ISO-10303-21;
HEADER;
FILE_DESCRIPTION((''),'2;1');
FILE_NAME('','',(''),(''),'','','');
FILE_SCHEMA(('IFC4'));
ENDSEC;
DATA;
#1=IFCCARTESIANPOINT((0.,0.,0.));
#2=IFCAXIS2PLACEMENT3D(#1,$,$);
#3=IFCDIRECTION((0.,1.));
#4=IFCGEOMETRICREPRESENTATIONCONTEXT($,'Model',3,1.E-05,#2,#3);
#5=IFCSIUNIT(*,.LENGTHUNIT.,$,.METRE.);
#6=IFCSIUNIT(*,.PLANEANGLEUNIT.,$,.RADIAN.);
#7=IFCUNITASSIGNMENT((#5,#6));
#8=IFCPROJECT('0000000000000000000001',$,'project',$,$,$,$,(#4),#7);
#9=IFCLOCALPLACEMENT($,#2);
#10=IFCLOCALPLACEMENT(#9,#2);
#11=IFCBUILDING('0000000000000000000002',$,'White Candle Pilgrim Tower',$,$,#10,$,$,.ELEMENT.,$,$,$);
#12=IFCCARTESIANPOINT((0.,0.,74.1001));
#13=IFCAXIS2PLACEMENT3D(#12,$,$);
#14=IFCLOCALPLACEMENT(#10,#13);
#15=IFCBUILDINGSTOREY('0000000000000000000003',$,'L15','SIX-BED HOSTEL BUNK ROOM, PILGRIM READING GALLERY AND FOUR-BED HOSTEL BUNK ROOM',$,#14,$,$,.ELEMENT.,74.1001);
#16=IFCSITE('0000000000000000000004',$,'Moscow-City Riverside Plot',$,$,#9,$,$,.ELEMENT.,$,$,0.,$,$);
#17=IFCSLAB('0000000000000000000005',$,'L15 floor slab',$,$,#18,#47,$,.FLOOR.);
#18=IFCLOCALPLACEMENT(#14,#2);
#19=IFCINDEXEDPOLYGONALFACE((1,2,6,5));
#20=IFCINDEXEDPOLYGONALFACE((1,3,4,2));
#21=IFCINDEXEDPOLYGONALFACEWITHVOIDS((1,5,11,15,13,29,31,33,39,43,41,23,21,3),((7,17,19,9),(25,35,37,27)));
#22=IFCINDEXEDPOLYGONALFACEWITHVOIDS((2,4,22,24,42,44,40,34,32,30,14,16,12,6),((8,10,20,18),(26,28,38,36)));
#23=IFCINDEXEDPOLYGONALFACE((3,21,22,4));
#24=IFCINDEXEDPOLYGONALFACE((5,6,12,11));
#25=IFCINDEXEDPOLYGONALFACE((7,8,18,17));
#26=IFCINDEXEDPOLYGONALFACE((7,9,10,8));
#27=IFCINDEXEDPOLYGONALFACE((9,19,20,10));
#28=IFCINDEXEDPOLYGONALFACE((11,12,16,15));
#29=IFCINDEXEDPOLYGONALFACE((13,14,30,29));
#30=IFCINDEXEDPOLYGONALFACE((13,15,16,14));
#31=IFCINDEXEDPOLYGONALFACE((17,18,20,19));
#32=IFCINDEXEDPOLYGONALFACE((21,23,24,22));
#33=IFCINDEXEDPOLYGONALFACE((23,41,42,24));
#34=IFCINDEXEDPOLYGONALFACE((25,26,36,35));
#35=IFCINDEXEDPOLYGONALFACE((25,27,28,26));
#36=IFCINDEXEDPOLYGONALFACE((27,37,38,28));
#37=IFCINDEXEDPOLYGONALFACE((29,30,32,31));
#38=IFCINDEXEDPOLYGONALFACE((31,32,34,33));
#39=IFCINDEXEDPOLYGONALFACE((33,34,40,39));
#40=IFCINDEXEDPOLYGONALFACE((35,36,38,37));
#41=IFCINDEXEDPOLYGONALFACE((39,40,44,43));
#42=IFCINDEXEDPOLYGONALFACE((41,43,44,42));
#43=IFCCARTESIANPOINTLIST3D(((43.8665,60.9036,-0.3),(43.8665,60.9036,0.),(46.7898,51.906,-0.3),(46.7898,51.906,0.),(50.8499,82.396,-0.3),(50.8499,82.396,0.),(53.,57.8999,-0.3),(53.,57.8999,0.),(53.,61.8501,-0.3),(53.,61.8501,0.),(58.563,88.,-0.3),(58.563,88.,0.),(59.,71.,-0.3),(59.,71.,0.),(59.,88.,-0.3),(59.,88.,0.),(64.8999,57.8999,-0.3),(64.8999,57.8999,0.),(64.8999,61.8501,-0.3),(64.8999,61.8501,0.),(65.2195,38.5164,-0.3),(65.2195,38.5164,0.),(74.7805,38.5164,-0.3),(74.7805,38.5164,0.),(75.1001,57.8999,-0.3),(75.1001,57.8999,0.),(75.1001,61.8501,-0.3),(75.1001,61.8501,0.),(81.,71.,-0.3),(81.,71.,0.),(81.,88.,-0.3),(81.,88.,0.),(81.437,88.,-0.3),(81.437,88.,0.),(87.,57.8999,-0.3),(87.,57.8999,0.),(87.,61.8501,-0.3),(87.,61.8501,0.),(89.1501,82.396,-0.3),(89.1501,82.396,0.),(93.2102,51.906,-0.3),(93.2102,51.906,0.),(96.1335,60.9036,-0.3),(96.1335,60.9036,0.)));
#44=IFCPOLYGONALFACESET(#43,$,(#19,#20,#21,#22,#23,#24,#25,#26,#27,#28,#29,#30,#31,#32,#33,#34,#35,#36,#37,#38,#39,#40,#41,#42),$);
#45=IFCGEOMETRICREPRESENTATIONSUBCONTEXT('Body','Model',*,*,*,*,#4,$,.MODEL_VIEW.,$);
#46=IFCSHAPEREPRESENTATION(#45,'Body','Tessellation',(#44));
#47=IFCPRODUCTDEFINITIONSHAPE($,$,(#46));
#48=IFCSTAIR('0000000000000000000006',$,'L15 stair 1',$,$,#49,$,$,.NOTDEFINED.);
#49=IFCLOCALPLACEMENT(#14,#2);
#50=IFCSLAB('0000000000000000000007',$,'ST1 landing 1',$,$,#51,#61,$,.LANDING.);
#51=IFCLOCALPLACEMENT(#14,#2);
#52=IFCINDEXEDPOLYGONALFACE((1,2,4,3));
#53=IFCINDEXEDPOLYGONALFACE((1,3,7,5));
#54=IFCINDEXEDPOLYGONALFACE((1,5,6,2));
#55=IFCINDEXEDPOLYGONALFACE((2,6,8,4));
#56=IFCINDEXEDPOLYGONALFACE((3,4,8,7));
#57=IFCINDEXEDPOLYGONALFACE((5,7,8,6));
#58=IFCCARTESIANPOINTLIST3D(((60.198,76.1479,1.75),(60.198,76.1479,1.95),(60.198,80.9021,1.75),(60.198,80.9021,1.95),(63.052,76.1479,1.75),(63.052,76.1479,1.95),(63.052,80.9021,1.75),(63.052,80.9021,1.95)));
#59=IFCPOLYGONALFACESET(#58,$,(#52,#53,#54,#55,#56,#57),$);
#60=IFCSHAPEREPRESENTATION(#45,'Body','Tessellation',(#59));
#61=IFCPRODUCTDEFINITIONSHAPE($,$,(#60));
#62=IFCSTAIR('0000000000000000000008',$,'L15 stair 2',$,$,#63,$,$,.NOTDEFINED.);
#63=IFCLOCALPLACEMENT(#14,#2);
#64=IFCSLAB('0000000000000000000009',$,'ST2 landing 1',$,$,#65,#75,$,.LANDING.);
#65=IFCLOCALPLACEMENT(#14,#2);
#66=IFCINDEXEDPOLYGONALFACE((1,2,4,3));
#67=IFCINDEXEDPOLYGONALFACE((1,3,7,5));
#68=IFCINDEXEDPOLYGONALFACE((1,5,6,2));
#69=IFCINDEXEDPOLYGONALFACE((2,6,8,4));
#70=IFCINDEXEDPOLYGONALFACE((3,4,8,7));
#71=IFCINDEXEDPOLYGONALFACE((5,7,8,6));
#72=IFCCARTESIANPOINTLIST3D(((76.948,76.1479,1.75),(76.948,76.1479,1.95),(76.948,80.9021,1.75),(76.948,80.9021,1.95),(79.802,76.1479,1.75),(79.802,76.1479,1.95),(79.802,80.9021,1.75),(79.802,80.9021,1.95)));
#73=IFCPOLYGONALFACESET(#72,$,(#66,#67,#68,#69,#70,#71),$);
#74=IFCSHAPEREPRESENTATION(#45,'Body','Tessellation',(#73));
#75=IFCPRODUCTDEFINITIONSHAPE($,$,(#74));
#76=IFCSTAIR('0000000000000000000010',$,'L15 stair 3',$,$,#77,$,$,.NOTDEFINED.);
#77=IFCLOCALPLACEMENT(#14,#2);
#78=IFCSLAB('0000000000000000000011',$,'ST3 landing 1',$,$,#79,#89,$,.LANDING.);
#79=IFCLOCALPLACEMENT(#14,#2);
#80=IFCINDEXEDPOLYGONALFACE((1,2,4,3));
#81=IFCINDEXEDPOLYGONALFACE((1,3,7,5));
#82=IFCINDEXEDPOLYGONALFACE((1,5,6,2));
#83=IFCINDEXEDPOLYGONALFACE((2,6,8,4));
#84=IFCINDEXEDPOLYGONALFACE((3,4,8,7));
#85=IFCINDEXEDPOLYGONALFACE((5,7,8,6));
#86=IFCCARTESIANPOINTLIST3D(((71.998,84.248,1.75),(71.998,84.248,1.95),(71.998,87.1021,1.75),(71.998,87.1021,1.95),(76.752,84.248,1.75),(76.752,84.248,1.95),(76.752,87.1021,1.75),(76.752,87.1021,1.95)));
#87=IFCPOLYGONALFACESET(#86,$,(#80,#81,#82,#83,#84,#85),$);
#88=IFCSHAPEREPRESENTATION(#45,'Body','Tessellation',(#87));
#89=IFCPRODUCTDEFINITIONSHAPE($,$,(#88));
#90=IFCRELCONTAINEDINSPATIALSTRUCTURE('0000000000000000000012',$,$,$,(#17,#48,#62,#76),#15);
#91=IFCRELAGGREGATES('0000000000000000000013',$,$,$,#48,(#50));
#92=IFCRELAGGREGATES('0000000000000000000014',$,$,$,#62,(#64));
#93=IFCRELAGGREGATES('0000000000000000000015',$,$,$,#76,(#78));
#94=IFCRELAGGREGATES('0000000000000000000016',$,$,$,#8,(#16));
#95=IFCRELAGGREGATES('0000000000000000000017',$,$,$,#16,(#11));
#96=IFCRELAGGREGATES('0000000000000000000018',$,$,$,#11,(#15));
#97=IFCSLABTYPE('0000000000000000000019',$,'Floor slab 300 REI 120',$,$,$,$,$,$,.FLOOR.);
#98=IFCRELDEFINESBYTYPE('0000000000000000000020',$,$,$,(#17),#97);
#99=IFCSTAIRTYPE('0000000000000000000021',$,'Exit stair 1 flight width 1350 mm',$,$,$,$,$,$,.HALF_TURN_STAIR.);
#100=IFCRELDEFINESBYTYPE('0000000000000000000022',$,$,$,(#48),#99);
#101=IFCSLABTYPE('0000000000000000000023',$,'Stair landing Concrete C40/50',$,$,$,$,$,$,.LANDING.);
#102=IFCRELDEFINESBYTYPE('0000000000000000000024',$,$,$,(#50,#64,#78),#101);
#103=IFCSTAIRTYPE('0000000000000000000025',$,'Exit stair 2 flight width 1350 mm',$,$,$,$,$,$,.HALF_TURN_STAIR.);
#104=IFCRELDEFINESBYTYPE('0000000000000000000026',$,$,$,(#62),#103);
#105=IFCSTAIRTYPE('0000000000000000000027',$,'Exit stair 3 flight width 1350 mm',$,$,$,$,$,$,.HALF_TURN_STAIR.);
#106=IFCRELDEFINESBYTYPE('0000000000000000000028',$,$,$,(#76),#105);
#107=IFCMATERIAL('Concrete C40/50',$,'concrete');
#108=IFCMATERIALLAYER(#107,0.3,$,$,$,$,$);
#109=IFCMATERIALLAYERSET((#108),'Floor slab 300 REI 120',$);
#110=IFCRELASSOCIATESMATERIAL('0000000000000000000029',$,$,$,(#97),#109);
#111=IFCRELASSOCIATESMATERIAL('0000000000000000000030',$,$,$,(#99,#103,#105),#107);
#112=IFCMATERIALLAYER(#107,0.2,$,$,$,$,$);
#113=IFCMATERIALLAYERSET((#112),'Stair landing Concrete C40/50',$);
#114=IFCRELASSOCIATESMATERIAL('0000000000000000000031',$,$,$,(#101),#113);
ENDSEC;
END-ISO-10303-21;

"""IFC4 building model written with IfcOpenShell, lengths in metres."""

from ifc_helpers import new_model, si_unit, direction, frame, origin, place, context, subcontext, project, spatial, polyline, outline, extrude, material, layer, layer_set, type_object, element, aggregate, save


model = new_model("IFC4")

# Units and contexts
model_context = context("Model", 3, precision=1e-05, world=origin(), true_north=direction((0.0, 1.0)))
body_context = subcontext(model_context, "Body", "Model", "MODEL_VIEW")
ifc_project = project(units=[si_unit("LENGTHUNIT", "METRE"), si_unit("PLANEANGLEUNIT", "RADIAN")], contexts=[model_context])

# Site, building, storey
site_placement = place(None, origin())
site = spatial("IfcSite", under=ifc_project, at=site_placement, Name="Moscow-City Riverside Plot", CompositionType="ELEMENT", RefElevation=0.0)
building_placement = place(site_placement, origin())
building = spatial("IfcBuilding", under=site, at=building_placement, Name="White Candle Pilgrim Tower", CompositionType="ELEMENT")
storey_placement = place(building_placement, frame((0.0, 0.0, 74.1001)))
storey = spatial("IfcBuildingStorey", under=building, at=storey_placement, Name="L15", Description="SIX-BED HOSTEL BUNK ROOM, PILGRIM READING GALLERY AND FOUR-BED HOSTEL BUNK ROOM", CompositionType="ELEMENT", Elevation=74.1001)

# Slab
ifc_material = material(Name="Concrete C40/50", Category="concrete")
ifc_layer_1 = layer(ifc_material, 0.3)
ifc_layer_set_1 = layer_set([ifc_layer_1], Name="Floor slab 300 REI 120")
slab_type_1 = type_object("IfcSlabType", Name="Floor slab 300 REI 120", PredefinedType="FLOOR", material=ifc_layer_set_1)
slab_1_placement = place(storey_placement, frame((0.0, 0.0, -0.3)))
element("IfcSlab", 1, at=slab_1_placement, inside=storey, type_object=slab_type_1, Name="L15 floor slab", PredefinedType="FLOOR", context=body_context, shape_type="SweptSolid", body=[
    extrude(outline(polyline([(65.2195, 38.5164), (74.7805, 38.5164), (93.2102, 51.906), (96.1335, 60.9036), (89.1501, 82.396), (81.437, 88.0), (81.0, 88.0), (81.0, 71.0), (59.0, 71.0), (59.0, 88.0), (58.563, 88.0), (50.8499, 82.396), (43.8665, 60.9036), (46.7898, 51.906), (65.2195, 38.5164)]), holes=[polyline([(53.0, 57.8999), (53.0, 61.8501), (64.8999, 61.8501), (64.8999, 57.8999), (53.0, 57.8999)]), polyline([(75.1001, 57.8999), (75.1001, 61.8501), (87.0, 61.8501), (87.0, 57.8999), (75.1001, 57.8999)])]), origin(), (0.0, 0.0, 1.0), 0.3),
])

# Stairs, slabs
stair_type_1 = type_object("IfcStairType", Name="Exit stair 1 flight width 1350 mm", PredefinedType="HALF_TURN_STAIR", material=ifc_material)
stair_1_placement = place(storey_placement, origin())
stair_1 = element("IfcStair", 2, at=stair_1_placement, inside=storey, type_object=stair_type_1, Name="L15 stair 1", PredefinedType="NOTDEFINED")
ifc_layer_2 = layer(ifc_material, 0.2)
ifc_layer_set_2 = layer_set([ifc_layer_2], Name="Stair landing Concrete C40/50")
slab_type_2 = type_object("IfcSlabType", Name="Stair landing Concrete C40/50", PredefinedType="LANDING", material=ifc_layer_set_2)
slab_2_placement = place(storey_placement, frame((0.0, 0.0, 1.75)))
slab_2 = element("IfcSlab", 3, at=slab_2_placement, type_object=slab_type_2, Name="ST1 landing 1", PredefinedType="LANDING", context=body_context, shape_type="SweptSolid", body=[
    extrude(outline(polyline([(63.052, 76.1479), (60.198, 76.1479), (60.198, 80.9021), (63.052, 80.9021), (63.052, 76.1479)])), origin(), (0.0, 0.0, 1.0), 0.2),
])
aggregate(stair_1, [slab_2])
stair_type_2 = type_object("IfcStairType", Name="Exit stair 2 flight width 1350 mm", PredefinedType="HALF_TURN_STAIR", material=ifc_material)
stair_2_placement = place(storey_placement, origin())
stair_2 = element("IfcStair", 4, at=stair_2_placement, inside=storey, type_object=stair_type_2, Name="L15 stair 2", PredefinedType="NOTDEFINED")
slab_3_placement = place(storey_placement, frame((0.0, 0.0, 1.75)))
slab_3 = element("IfcSlab", 5, at=slab_3_placement, type_object=slab_type_2, Name="ST2 landing 1", PredefinedType="LANDING", context=body_context, shape_type="SweptSolid", body=[
    extrude(outline(polyline([(79.802, 76.1479), (76.948, 76.1479), (76.948, 80.9021), (79.802, 80.9021), (79.802, 76.1479)])), origin(), (0.0, 0.0, 1.0), 0.2),
])
aggregate(stair_2, [slab_3])
stair_type_3 = type_object("IfcStairType", Name="Exit stair 3 flight width 1350 mm", PredefinedType="HALF_TURN_STAIR", material=ifc_material)
stair_3_placement = place(storey_placement, origin())
stair_3 = element("IfcStair", 6, at=stair_3_placement, inside=storey, type_object=stair_type_3, Name="L15 stair 3", PredefinedType="NOTDEFINED")
slab_4_placement = place(storey_placement, frame((0.0, 0.0, 1.75)))
slab_4 = element("IfcSlab", 7, at=slab_4_placement, type_object=slab_type_2, Name="ST3 landing 1", PredefinedType="LANDING", context=body_context, shape_type="SweptSolid", body=[
    extrude(outline(polyline([(71.998, 84.248), (71.998, 87.1021), (76.752, 87.1021), (76.752, 84.248), (71.998, 84.248)])), origin(), (0.0, 0.0, 1.0), 0.2),
])
aggregate(stair_3, [slab_4])

save(model, "model.ifc")
